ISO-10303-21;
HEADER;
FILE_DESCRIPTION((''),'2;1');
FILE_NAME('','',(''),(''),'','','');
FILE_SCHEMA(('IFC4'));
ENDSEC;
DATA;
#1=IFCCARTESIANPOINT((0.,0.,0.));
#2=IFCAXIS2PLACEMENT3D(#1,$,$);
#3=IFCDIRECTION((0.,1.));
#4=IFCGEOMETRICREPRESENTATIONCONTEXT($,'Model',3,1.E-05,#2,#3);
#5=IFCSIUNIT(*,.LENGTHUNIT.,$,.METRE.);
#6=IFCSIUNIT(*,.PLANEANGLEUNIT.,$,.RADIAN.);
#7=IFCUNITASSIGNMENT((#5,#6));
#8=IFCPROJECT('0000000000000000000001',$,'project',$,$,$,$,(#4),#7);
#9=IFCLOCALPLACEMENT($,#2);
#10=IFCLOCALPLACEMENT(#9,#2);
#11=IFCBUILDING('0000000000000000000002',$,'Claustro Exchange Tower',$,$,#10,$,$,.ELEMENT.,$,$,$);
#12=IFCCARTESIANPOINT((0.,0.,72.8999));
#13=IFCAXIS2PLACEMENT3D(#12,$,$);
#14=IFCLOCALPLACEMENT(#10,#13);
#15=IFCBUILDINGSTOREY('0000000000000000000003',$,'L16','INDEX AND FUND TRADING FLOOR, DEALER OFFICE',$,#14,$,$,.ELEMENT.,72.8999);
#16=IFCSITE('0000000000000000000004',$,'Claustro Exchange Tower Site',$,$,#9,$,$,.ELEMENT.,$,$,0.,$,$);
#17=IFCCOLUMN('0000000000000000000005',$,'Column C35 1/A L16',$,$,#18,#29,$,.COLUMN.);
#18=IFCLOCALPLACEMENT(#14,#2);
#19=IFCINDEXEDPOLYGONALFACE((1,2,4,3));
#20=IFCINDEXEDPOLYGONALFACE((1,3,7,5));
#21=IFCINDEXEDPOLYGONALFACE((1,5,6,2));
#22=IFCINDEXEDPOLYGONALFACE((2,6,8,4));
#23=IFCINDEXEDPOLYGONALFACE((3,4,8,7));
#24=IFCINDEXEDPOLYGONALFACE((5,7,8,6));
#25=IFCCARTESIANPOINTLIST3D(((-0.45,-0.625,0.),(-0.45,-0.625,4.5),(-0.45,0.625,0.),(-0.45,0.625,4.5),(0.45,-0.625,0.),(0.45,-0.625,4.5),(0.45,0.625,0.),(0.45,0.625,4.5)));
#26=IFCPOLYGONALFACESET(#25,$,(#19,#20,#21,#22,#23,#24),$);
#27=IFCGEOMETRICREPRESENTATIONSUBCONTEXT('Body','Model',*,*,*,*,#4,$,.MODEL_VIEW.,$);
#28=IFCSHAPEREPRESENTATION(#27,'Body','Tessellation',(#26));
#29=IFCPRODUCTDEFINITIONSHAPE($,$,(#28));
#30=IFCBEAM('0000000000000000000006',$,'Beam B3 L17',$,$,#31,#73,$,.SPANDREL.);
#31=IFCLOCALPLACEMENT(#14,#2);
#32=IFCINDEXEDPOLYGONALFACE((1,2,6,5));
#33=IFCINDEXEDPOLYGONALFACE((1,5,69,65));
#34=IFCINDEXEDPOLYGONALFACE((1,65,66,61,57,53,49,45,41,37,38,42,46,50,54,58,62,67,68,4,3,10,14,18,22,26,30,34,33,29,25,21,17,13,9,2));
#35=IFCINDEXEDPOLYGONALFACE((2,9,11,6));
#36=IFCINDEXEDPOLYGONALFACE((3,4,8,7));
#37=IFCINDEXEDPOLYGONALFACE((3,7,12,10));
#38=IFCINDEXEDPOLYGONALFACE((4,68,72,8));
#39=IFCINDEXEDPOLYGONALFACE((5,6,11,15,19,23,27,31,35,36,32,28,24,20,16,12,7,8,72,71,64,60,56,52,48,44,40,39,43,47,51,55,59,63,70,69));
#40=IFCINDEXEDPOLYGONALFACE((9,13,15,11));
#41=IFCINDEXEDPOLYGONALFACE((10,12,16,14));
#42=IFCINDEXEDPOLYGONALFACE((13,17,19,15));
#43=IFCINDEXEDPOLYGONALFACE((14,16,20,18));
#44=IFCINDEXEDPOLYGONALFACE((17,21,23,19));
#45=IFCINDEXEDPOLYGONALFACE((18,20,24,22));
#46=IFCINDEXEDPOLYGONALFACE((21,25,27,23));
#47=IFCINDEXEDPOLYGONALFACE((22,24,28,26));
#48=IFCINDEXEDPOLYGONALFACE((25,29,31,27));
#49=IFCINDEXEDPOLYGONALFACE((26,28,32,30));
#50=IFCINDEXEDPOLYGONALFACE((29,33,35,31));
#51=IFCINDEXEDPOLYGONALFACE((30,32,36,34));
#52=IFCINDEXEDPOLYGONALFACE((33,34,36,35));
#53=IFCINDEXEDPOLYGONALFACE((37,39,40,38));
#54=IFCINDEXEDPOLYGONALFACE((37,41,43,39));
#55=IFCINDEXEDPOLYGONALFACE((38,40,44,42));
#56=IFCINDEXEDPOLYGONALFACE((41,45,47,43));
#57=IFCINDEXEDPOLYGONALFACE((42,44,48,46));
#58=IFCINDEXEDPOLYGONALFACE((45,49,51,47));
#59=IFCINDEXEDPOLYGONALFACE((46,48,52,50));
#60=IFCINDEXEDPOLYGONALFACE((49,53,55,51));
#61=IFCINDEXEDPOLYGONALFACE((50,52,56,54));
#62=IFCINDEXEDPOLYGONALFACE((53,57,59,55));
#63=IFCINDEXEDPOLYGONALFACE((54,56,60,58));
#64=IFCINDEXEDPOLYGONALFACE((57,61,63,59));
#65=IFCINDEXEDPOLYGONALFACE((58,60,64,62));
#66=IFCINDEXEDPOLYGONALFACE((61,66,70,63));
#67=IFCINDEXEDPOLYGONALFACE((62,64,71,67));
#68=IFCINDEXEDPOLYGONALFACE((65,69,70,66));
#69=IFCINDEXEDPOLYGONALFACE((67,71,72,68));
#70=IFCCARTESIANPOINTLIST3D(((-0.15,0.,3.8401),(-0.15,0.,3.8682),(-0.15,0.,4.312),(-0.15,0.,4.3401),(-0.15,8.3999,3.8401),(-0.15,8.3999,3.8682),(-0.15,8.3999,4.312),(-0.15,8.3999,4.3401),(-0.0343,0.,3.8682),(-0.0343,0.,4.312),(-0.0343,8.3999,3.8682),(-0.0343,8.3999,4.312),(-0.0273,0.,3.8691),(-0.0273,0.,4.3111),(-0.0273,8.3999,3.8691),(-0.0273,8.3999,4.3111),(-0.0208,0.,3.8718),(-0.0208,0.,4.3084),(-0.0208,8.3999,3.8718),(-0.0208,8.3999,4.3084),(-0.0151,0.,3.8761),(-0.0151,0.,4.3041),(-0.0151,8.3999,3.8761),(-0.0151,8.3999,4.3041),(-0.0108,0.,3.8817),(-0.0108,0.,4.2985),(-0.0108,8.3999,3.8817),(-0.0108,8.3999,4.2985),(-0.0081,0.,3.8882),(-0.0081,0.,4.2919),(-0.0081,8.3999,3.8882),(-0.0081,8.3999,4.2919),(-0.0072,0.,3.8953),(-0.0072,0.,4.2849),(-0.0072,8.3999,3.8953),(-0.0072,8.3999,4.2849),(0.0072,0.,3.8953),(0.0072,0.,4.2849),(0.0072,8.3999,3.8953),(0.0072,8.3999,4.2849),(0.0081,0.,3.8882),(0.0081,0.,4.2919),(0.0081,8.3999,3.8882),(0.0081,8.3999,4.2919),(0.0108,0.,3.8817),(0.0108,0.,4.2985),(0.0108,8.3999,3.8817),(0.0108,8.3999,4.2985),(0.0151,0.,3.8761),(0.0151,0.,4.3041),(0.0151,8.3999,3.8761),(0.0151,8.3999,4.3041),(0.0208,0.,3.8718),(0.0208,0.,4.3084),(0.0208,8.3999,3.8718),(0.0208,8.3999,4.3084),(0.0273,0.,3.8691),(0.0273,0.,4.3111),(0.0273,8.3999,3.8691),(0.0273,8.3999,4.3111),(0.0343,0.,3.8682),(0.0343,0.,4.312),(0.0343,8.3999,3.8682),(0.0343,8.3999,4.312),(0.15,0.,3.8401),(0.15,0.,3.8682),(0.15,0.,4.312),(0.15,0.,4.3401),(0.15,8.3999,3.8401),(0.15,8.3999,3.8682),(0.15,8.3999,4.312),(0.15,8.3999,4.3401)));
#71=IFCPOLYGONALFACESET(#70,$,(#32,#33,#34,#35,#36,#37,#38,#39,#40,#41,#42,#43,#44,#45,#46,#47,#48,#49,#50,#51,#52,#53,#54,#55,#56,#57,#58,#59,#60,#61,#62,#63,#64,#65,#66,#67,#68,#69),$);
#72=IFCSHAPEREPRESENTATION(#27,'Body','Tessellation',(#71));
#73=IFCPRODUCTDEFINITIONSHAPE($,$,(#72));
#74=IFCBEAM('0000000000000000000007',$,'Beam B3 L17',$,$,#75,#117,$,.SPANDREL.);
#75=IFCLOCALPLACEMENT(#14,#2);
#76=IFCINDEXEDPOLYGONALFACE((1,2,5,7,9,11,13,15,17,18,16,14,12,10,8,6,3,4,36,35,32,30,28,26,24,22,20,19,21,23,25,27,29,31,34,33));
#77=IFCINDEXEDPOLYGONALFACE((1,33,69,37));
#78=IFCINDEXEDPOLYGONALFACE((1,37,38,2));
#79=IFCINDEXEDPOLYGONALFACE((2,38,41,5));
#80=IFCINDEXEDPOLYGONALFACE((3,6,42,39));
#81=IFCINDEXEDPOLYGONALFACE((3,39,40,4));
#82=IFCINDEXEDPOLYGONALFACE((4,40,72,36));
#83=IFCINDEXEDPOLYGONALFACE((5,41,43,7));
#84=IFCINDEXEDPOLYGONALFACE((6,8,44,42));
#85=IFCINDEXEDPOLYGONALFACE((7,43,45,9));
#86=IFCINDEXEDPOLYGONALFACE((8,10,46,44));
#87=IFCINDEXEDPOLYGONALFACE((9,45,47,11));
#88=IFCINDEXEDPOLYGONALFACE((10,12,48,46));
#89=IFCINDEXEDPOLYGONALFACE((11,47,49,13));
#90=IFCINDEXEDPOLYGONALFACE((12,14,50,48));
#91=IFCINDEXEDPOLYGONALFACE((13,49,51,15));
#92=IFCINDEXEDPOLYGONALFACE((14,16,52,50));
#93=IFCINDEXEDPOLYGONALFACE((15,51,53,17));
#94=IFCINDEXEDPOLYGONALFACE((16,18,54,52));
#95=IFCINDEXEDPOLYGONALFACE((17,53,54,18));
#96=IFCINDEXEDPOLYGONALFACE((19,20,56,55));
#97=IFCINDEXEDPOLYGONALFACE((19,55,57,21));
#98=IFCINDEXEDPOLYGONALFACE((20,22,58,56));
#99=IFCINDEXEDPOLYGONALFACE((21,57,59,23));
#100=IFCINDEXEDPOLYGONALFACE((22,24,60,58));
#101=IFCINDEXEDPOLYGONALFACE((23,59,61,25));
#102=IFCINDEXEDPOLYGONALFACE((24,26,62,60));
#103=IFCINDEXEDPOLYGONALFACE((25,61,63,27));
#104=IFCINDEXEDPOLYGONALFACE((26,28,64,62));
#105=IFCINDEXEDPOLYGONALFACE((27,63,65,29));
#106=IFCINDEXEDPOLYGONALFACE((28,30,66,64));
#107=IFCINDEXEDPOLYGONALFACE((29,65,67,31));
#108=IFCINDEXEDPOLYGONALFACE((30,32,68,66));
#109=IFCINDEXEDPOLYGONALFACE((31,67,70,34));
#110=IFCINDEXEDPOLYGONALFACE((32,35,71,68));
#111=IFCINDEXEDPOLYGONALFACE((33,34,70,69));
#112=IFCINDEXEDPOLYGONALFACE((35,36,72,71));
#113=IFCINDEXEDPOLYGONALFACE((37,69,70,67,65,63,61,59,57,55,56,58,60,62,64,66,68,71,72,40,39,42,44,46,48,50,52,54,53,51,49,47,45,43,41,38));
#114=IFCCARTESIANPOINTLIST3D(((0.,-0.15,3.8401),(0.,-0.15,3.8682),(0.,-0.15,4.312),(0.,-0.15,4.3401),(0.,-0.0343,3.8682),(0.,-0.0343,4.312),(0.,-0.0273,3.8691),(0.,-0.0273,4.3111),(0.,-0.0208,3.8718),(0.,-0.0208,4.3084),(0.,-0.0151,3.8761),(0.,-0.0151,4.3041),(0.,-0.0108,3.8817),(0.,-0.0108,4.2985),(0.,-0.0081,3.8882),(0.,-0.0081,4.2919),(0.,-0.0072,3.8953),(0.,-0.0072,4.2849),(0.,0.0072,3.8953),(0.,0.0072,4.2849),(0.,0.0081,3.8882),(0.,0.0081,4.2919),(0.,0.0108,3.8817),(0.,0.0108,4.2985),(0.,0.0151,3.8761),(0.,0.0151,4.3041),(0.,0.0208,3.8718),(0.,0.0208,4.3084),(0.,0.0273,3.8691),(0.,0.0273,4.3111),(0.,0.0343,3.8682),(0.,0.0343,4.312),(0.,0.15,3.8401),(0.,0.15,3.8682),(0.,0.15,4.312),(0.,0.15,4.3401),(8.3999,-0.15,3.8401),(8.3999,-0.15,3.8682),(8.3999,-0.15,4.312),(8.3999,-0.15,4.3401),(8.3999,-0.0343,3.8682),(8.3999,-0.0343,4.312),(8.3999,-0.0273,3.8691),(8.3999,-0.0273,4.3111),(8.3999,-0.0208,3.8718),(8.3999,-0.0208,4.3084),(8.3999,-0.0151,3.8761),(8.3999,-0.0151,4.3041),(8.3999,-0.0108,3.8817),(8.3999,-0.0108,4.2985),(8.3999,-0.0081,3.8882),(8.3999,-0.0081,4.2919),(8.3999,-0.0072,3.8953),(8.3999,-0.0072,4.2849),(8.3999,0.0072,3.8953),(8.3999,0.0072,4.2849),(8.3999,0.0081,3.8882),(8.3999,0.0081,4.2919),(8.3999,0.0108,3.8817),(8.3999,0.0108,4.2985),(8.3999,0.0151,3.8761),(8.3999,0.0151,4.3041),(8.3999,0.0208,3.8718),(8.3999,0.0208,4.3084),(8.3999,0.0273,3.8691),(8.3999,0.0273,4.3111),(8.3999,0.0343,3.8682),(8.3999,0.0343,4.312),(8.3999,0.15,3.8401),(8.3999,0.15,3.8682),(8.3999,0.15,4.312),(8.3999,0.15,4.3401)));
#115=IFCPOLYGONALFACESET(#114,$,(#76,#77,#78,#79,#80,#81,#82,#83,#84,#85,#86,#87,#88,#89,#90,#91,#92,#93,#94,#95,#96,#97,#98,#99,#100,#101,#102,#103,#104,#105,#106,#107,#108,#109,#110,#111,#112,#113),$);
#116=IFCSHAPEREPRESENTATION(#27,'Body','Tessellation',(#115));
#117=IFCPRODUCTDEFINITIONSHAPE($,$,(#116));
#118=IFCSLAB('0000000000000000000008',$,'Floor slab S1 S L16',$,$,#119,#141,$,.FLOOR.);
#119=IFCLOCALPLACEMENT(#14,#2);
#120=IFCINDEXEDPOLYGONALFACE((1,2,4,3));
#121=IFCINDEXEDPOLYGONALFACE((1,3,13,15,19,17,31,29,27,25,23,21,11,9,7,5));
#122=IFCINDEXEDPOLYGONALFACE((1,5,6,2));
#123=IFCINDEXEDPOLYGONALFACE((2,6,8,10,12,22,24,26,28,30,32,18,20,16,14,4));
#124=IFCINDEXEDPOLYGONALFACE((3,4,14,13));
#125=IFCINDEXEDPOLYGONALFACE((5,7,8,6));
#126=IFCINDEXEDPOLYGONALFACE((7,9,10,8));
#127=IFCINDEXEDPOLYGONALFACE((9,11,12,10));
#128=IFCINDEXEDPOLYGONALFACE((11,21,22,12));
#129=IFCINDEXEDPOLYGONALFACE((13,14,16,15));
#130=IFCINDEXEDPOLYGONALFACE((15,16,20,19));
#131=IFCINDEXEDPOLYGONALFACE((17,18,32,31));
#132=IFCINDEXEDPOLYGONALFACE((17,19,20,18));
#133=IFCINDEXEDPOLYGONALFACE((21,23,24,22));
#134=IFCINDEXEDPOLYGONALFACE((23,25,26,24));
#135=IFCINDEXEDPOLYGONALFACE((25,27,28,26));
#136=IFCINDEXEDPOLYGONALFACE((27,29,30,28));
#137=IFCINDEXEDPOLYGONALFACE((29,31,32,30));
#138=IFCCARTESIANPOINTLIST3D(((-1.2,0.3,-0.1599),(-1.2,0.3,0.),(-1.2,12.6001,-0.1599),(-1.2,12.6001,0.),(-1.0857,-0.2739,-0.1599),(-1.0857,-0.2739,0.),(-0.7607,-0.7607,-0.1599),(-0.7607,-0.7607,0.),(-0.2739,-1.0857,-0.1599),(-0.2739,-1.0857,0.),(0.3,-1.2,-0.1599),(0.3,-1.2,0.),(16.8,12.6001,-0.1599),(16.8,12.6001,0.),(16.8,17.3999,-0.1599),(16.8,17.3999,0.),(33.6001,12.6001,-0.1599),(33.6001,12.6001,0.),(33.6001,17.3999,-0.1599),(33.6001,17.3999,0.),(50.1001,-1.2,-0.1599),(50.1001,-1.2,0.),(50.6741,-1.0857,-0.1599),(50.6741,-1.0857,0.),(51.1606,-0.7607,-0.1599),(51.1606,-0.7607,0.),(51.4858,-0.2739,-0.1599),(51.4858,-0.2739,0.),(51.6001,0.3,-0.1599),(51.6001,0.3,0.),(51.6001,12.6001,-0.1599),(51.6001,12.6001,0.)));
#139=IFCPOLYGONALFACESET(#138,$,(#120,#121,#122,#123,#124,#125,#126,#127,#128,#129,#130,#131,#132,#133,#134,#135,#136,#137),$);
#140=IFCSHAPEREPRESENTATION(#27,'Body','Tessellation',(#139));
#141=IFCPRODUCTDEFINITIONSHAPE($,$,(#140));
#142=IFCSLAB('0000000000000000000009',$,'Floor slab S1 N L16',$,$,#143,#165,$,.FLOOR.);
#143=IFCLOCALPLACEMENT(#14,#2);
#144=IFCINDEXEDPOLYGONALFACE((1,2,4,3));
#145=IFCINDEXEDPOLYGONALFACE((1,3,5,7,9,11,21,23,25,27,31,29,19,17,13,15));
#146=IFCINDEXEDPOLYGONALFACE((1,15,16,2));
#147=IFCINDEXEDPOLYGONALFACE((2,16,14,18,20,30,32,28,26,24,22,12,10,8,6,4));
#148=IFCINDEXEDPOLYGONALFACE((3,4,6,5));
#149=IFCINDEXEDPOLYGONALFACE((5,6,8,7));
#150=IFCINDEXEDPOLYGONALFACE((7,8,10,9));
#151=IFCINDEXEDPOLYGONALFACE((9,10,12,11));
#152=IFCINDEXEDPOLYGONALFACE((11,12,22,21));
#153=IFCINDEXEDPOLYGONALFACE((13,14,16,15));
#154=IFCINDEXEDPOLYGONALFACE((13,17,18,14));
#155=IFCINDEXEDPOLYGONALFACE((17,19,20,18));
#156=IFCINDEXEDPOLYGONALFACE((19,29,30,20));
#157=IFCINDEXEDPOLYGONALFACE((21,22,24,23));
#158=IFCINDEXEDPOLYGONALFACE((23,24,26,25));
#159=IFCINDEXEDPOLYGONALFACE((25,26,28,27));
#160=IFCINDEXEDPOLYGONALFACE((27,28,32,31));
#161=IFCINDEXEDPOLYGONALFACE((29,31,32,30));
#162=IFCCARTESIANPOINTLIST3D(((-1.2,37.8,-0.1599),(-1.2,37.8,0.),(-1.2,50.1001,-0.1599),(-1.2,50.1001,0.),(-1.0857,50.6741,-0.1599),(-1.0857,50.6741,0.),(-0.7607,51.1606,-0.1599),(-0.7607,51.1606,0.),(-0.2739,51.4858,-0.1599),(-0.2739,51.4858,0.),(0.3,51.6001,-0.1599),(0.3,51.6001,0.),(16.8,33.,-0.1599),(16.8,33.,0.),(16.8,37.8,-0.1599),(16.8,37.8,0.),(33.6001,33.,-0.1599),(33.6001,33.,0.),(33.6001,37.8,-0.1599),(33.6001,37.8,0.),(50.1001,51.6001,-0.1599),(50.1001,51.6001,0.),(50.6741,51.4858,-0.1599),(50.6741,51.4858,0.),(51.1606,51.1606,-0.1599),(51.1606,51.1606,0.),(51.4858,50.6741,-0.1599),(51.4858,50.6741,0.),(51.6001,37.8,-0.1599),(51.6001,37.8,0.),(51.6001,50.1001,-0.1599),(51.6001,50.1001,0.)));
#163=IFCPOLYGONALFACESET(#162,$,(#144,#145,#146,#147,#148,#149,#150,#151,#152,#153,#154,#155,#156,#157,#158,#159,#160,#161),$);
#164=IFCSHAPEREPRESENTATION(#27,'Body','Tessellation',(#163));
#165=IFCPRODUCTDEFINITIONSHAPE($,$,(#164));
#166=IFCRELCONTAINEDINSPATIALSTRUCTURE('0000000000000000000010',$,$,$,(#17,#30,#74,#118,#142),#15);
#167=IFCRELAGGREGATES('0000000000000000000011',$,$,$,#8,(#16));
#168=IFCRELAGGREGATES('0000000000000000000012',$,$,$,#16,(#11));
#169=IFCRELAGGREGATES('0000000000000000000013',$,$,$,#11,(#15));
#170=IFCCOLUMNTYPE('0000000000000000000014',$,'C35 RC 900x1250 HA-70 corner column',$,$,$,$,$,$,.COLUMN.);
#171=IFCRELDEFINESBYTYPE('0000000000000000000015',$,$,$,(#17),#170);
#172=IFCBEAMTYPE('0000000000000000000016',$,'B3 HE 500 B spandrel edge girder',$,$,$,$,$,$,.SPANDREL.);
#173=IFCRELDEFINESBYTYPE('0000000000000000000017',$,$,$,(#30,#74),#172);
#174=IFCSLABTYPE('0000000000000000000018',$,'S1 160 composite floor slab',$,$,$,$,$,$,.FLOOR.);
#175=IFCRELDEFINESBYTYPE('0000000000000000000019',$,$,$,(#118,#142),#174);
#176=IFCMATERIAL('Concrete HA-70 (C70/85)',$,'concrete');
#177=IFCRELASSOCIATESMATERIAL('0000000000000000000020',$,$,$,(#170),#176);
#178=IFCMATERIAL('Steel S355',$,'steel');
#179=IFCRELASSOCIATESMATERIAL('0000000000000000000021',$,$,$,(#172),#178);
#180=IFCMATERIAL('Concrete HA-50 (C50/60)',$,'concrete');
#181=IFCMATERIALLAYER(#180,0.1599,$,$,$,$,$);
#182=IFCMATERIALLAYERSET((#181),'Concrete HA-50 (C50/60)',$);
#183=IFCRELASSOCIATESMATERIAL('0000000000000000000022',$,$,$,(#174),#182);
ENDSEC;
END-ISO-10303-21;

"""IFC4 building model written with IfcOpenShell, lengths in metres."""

from ifc_helpers import new_model, si_unit, direction, frame, origin, origin_with_axes, origin_2d, place, context, subcontext, project, spatial, polyline, rectangle, i_section, outline, extrude, material, layer, layer_set, material_profile, profile_set, type_object, element, save


model = new_model("IFC4")

# Units and contexts
model_context = context("Model", 3, precision=1e-05, world=origin(), true_north=direction((0.0, 1.0)))
body_context = subcontext(model_context, "Body", "Model", "MODEL_VIEW")
ifc_project = project(units=[si_unit("LENGTHUNIT", "METRE"), si_unit("PLANEANGLEUNIT", "RADIAN")], contexts=[model_context])

# Site, building, storey
site_placement = place(None, origin())
site = spatial("IfcSite", under=ifc_project, at=site_placement, Name="Claustro Exchange Tower Site", CompositionType="ELEMENT", RefElevation=0.0)
building_placement = place(site_placement, origin())
building = spatial("IfcBuilding", under=site, at=building_placement, Name="Claustro Exchange Tower", CompositionType="ELEMENT")
storey_placement = place(building_placement, frame((0.0, 0.0, 72.8999)))
storey = spatial("IfcBuildingStorey", under=building, at=storey_placement, Name="L16", Description="INDEX AND FUND TRADING FLOOR, DEALER OFFICE", CompositionType="ELEMENT", Elevation=72.8999)

# Column
ifc_material_1 = material(Name="Concrete HA-70 (C70/85)", Category="concrete")
ifc_material_profile_1 = material_profile(ifc_material_1, rectangle(XDim=0.8999, YDim=1.25, at=origin_2d()), Name="RC 900x1250")
ifc_profile_set_1 = profile_set([ifc_material_profile_1], Name="Concrete HA-70 (C70/85)")
column_type = type_object("IfcColumnType", Name="C35 RC 900x1250 HA-70 corner column", PredefinedType="COLUMN", material=ifc_profile_set_1)
column_placement = place(storey_placement, origin_with_axes())
element("IfcColumn", 1, at=column_placement, inside=storey, type_object=column_type, Name="Column C35 1/A L16", PredefinedType="COLUMN", context=body_context, shape_type="SweptSolid", body=[
    extrude(rectangle(XDim=0.8999, YDim=1.25, at=origin_2d()), origin(), (0.0, 0.0, 1.0), 4.5),
])

# Beams
ifc_material_2 = material(Name="Steel S355", Category="steel")
ifc_material_profile_2 = material_profile(ifc_material_2, i_section(OverallWidth=0.3, OverallDepth=0.5, WebThickness=0.0144, FlangeThickness=0.0281, FilletRadius=0.0271, at=origin_2d()), Name="HE 500 B")
ifc_profile_set_2 = profile_set([ifc_material_profile_2], Name="Steel S355")
beam_type = type_object("IfcBeamType", Name="B3 HE 500 B spandrel edge girder", PredefinedType="SPANDREL", material=ifc_profile_set_2)
for number, where, z_axis, x_axis, name in (
    (2, (0.0, 0.0, 4.0901), (0.0, 1.0, 0.0), (-1.0, 0.0, 0.0), "Beam B3 L17"),
    (3, (0.0, 0.0, 4.0901), (1.0, 0.0, 0.0), (0.0, 1.0, 0.0), "Beam B3 L17"),
):
    element("IfcBeam", number, at=place(storey_placement, frame(where, z_axis=z_axis, x_axis=x_axis)), inside=storey, type_object=beam_type, Name=name, PredefinedType="SPANDREL", context=body_context, shape_type="SweptSolid", body=[
        extrude(i_section(OverallWidth=0.3, OverallDepth=0.5, WebThickness=0.0144, FlangeThickness=0.0281, FilletRadius=0.0271, at=origin_2d()), origin(), (0.0, 0.0, 1.0), 8.3999),
    ])

# Slabs
ifc_material_3 = material(Name="Concrete HA-50 (C50/60)", Category="concrete")
ifc_layer_1 = layer(ifc_material_3, 0.1599)
ifc_layer_set_1 = layer_set([ifc_layer_1], Name="Concrete HA-50 (C50/60)")
slab_type_1 = type_object("IfcSlabType", Name="S1 160 composite floor slab", PredefinedType="FLOOR", material=ifc_layer_set_1)
slab_1_placement = place(storey_placement, frame((0.0, 0.0, -0.1599)))
element("IfcSlab", 4, at=slab_1_placement, inside=storey, type_object=slab_type_1, Name="Floor slab S1 S L16", PredefinedType="FLOOR", context=body_context, shape_type="SweptSolid", body=[
    extrude(outline(polyline([(-0.2739, -1.0857), (0.3, -1.2), (50.1001, -1.2), (50.6741, -1.0857), (51.1606, -0.7607), (51.4858, -0.2739), (51.6001, 0.3), (51.6001, 12.6001), (33.6001, 12.6001), (33.6001, 17.3999), (16.8, 17.3999), (16.8, 12.6001), (-1.2, 12.6001), (-1.2, 0.3), (-1.0857, -0.2739), (-0.7607, -0.7607), (-0.2739, -1.0857)])), origin(), (0.0, 0.0, 1.0), 0.1599),
])
slab_2_placement = place(storey_placement, frame((0.0, 0.0, -0.1599)))
element("IfcSlab", 5, at=slab_2_placement, inside=storey, type_object=slab_type_1, Name="Floor slab S1 N L16", PredefinedType="FLOOR", context=body_context, shape_type="SweptSolid", body=[
    extrude(outline(polyline([(16.8, 37.8), (16.8, 33.0), (33.6001, 33.0), (33.6001, 37.8), (51.6001, 37.8), (51.6001, 50.1001), (51.4858, 50.6741), (51.1606, 51.1606), (50.6741, 51.4858), (50.1001, 51.6001), (0.3, 51.6001), (-0.2739, 51.4858), (-0.7607, 51.1606), (-1.0857, 50.6741), (-1.2, 50.1001), (-1.2, 37.8), (16.8, 37.8)])), origin(), (0.0, 0.0, 1.0), 0.1599),
])

save(model, "model.ifc")
